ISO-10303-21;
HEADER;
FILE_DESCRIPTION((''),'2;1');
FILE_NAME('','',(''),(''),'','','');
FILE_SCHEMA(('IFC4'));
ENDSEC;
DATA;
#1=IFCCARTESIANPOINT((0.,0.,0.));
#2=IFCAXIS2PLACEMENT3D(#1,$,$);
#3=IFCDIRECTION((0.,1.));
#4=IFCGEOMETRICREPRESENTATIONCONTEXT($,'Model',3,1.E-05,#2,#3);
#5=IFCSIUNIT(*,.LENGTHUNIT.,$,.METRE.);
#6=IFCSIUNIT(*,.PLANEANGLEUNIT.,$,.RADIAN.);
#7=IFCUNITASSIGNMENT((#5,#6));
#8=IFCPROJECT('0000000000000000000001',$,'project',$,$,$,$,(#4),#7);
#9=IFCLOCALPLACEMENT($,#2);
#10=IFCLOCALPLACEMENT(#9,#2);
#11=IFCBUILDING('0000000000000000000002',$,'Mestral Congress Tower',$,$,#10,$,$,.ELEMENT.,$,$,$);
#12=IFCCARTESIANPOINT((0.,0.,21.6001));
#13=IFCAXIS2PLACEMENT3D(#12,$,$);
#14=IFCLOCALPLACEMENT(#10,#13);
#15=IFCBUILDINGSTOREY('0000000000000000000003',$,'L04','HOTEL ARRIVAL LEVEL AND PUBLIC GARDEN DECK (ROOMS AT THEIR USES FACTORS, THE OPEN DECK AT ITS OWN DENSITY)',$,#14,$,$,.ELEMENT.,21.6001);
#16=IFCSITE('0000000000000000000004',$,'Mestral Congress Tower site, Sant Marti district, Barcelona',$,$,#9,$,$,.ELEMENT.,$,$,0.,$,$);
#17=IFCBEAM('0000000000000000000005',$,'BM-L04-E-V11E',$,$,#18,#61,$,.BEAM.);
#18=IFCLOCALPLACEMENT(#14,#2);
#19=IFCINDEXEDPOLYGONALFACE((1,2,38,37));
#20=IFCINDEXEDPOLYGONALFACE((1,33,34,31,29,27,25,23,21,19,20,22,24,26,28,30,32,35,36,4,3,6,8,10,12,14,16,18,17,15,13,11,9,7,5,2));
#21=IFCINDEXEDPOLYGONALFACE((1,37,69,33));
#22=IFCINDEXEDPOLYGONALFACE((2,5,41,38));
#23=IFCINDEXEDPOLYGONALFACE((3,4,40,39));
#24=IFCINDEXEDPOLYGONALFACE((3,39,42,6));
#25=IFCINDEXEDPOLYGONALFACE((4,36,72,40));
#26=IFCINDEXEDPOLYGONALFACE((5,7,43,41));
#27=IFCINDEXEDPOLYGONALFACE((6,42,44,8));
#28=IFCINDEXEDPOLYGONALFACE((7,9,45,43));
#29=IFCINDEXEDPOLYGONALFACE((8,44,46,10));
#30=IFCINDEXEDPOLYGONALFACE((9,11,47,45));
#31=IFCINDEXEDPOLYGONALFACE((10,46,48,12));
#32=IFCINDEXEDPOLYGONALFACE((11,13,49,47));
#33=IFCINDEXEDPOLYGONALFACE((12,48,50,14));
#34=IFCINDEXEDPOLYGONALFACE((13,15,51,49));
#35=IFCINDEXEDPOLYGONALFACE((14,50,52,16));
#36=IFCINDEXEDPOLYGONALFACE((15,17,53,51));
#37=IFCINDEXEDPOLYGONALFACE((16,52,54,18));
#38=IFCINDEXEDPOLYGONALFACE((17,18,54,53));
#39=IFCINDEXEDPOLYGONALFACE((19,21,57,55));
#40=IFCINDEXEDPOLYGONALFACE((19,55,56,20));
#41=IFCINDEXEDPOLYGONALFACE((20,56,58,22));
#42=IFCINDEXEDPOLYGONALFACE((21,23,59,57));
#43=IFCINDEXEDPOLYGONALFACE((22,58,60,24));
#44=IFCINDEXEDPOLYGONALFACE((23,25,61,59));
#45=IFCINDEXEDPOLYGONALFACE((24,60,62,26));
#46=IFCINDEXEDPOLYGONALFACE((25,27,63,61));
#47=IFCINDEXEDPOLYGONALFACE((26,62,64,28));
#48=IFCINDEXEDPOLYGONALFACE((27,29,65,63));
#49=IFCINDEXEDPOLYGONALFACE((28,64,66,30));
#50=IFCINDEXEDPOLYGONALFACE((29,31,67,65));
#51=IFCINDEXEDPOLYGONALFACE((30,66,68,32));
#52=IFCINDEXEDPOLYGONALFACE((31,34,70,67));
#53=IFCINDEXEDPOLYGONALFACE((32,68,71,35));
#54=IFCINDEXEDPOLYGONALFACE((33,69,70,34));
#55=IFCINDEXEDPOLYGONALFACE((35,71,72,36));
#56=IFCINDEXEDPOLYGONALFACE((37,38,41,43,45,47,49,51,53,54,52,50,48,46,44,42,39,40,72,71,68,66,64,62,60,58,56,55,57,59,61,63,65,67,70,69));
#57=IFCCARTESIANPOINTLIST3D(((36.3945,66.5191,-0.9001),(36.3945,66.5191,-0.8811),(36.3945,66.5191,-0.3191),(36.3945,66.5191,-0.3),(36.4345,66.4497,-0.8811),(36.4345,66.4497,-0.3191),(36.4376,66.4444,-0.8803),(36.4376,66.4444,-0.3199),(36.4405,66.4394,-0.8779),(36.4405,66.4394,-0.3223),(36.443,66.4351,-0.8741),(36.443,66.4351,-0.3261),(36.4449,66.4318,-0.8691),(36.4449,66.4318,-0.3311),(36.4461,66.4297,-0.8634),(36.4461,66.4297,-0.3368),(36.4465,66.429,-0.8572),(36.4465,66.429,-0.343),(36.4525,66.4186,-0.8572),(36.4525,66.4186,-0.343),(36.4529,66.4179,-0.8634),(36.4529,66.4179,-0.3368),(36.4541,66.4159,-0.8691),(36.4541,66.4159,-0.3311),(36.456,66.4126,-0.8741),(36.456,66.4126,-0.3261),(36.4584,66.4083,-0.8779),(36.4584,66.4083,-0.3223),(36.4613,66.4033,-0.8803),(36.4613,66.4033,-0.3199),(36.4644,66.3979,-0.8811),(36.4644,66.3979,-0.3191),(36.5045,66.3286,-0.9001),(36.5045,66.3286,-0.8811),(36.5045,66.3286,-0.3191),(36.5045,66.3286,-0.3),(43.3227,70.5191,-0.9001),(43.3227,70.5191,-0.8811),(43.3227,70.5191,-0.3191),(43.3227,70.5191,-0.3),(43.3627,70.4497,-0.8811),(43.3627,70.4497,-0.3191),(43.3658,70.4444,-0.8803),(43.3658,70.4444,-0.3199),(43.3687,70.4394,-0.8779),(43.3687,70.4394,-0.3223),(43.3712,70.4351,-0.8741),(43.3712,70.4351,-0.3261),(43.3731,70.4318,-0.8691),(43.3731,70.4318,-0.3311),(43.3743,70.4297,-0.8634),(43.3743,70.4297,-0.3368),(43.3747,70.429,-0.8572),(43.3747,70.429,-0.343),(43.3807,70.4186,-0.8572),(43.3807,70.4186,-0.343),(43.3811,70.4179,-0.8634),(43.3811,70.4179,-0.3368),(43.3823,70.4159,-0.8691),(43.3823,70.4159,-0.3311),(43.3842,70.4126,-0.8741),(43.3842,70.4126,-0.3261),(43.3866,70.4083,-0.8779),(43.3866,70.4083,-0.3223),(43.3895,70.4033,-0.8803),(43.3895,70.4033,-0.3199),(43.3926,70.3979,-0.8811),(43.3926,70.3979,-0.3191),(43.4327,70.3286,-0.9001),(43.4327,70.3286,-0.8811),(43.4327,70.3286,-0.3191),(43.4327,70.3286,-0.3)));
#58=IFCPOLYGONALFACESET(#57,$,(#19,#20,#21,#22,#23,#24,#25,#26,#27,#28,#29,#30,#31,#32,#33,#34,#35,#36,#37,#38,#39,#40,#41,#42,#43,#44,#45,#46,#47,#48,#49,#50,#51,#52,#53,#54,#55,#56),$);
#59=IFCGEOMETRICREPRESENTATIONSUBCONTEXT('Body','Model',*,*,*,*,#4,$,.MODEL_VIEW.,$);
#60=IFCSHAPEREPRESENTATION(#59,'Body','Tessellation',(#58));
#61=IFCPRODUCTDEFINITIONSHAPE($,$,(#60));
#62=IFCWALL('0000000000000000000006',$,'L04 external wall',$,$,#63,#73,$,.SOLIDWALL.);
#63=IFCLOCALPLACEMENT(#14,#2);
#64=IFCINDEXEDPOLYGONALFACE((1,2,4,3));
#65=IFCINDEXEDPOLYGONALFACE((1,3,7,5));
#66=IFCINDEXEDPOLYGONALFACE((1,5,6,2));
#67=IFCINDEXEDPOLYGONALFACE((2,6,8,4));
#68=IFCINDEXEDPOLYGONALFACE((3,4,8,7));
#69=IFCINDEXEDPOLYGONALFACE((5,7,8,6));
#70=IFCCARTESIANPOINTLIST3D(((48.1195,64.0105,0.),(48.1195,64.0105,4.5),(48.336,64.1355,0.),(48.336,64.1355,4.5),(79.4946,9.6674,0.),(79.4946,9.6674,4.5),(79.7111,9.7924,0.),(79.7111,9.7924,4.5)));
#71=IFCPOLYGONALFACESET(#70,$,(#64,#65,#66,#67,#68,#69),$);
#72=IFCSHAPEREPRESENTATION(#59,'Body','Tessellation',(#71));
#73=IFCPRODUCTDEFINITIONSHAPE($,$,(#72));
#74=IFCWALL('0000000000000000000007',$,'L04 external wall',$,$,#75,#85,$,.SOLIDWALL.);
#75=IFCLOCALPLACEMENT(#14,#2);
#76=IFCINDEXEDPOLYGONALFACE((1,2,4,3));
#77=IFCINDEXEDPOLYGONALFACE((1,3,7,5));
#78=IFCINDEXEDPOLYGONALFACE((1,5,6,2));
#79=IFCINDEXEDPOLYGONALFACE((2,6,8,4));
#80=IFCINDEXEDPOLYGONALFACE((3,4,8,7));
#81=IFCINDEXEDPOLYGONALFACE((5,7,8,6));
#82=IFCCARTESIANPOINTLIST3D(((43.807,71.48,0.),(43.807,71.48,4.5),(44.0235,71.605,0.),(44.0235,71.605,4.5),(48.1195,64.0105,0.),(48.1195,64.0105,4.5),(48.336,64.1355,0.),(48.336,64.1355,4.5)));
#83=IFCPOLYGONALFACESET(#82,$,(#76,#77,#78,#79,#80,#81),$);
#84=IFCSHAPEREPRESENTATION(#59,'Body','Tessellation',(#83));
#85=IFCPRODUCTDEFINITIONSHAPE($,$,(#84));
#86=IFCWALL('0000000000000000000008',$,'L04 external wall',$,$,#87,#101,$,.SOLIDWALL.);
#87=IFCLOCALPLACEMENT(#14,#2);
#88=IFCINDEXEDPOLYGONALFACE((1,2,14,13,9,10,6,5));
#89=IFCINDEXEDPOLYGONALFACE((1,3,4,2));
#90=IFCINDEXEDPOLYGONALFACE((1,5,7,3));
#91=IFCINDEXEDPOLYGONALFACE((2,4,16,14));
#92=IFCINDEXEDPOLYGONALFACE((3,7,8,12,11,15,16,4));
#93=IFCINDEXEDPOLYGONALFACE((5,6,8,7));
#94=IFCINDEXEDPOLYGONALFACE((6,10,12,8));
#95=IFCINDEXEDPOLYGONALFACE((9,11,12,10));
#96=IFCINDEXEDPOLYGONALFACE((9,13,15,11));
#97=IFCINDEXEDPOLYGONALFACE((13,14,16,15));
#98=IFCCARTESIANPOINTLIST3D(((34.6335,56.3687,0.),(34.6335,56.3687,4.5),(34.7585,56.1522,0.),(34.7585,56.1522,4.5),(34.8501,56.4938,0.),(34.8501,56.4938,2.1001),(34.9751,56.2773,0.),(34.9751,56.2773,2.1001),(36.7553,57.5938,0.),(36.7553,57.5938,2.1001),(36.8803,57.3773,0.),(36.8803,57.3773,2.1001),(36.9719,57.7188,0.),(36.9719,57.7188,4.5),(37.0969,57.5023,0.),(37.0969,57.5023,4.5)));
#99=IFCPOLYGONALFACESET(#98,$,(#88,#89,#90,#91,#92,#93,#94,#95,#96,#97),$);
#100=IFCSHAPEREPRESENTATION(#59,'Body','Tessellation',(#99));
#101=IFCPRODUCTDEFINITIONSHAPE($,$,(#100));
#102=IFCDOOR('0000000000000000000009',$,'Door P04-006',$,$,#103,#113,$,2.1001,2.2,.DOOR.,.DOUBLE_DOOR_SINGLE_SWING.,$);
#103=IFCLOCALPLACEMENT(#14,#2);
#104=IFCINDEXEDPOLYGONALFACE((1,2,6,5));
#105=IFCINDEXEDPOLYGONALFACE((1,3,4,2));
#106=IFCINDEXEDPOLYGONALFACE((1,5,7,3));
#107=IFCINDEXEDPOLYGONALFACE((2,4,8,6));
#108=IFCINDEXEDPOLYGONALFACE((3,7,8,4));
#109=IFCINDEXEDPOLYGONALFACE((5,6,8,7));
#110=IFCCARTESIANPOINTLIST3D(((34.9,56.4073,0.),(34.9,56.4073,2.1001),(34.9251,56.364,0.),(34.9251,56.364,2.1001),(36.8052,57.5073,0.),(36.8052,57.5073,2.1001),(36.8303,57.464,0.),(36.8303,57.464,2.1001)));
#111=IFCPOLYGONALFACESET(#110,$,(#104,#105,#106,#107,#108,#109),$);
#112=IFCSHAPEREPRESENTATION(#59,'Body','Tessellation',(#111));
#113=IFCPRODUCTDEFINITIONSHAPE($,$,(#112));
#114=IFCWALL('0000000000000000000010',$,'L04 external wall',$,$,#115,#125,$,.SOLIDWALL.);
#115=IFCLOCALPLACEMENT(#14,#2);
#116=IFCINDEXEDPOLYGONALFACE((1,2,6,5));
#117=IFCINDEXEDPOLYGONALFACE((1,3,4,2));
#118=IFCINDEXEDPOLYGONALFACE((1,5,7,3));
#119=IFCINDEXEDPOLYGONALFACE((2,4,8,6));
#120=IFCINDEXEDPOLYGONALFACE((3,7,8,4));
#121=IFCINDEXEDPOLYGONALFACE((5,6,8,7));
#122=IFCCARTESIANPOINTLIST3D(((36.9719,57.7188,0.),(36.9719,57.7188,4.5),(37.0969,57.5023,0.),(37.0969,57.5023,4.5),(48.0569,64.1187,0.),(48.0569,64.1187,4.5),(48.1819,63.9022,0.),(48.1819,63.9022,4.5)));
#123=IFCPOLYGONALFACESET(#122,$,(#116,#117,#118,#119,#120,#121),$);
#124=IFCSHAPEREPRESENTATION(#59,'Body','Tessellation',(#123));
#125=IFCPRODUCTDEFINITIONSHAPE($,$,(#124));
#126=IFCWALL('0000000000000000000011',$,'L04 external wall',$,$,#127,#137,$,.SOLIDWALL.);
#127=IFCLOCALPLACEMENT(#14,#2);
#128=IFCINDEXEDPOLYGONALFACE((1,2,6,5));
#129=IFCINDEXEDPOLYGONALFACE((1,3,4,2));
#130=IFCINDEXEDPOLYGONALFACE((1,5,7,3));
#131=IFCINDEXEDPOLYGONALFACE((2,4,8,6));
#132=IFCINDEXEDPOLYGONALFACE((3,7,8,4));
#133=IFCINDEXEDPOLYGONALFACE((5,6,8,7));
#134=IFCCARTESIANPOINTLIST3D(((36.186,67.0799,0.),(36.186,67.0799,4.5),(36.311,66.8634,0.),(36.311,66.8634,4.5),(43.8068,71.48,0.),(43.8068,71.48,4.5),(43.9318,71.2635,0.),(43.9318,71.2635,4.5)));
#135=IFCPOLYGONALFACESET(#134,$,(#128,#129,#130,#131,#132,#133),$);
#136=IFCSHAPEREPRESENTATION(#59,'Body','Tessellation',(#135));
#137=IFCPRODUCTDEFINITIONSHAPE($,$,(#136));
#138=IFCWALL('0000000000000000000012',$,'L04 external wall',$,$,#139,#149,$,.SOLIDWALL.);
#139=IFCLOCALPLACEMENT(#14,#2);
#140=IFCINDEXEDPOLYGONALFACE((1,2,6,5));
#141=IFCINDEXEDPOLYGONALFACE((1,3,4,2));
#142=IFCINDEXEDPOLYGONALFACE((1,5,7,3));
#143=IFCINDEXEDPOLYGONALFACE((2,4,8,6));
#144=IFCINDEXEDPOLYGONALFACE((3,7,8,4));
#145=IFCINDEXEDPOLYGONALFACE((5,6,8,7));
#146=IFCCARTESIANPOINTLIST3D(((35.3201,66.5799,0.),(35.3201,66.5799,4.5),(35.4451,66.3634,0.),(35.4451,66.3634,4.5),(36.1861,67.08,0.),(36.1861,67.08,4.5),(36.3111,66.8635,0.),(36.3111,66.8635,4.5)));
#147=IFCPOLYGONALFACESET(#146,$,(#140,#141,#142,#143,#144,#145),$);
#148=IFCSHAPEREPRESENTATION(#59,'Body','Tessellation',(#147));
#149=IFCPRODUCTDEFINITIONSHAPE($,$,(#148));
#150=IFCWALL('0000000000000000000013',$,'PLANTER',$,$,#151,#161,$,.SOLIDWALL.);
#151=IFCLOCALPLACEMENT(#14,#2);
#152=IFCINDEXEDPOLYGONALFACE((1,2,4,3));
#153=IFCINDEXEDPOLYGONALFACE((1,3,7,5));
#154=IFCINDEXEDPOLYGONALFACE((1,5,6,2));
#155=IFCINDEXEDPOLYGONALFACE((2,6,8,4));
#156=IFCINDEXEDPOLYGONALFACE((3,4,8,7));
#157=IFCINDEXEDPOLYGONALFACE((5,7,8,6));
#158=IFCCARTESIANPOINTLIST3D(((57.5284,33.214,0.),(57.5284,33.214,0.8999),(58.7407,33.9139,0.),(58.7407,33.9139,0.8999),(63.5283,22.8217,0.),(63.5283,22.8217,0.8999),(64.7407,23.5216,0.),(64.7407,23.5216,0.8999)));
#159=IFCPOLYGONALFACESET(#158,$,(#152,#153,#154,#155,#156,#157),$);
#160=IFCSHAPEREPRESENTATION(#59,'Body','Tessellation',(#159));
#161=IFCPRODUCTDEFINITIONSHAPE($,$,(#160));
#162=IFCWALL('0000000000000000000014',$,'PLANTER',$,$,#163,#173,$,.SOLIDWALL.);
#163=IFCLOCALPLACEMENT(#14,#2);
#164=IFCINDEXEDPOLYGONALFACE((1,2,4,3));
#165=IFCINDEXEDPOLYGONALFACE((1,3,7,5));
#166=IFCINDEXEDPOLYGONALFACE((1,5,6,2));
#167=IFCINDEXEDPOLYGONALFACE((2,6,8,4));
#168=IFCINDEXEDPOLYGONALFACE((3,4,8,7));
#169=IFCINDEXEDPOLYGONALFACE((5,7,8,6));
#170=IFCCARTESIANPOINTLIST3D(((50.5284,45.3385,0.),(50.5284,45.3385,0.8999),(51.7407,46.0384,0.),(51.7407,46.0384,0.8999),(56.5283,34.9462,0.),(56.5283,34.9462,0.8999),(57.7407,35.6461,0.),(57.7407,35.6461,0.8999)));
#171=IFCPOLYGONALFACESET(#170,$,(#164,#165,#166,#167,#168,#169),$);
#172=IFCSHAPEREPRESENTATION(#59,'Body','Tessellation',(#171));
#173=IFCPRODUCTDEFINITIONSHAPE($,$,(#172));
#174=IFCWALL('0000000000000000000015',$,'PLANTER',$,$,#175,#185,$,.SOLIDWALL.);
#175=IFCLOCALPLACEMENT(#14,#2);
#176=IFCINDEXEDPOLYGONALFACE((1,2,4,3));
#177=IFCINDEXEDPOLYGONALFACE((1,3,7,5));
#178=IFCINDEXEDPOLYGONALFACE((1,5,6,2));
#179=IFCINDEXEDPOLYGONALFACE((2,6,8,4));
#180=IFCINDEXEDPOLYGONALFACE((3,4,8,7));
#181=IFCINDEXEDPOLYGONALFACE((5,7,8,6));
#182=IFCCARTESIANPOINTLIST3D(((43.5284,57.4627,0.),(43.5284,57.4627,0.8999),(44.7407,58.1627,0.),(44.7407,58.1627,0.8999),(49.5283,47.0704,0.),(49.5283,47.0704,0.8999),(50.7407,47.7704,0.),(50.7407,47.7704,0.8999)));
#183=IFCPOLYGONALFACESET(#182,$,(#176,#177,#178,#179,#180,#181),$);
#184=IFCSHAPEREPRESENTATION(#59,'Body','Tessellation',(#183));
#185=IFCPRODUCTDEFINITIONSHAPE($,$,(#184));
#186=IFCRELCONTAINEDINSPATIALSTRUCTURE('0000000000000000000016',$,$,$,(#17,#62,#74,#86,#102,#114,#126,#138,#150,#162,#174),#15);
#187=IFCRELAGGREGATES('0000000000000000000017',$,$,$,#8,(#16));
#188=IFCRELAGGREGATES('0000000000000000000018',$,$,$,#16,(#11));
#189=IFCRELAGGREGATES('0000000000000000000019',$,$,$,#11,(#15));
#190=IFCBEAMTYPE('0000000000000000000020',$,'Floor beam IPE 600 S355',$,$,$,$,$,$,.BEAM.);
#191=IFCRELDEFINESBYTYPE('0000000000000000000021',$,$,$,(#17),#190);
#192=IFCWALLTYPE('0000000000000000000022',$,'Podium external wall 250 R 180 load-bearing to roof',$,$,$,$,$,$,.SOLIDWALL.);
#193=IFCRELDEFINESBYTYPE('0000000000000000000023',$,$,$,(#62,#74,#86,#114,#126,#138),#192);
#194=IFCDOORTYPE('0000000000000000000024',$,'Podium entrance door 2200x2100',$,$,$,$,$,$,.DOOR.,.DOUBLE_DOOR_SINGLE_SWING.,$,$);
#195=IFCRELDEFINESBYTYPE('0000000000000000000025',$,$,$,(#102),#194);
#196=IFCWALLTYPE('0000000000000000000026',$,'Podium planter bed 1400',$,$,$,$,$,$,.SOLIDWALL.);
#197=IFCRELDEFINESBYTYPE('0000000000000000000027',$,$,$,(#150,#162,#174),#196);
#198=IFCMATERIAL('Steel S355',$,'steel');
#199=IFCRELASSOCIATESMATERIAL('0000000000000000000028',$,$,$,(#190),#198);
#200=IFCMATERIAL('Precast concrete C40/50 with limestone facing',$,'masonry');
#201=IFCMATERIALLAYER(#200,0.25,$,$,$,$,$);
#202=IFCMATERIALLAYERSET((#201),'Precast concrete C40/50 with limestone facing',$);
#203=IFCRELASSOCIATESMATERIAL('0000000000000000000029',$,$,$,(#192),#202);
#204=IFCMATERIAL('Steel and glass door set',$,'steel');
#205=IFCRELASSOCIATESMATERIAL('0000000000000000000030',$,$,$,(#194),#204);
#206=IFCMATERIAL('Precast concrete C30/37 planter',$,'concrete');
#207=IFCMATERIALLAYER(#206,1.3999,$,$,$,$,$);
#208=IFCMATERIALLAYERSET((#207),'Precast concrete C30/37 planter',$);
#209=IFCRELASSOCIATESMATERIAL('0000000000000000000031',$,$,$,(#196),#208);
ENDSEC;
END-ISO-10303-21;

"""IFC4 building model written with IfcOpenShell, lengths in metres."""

from ifc_helpers import new_model, si_unit, direction, frame, frame_2d, origin, origin_2d, place, context, subcontext, project, spatial, rectangle, i_section, extrude, material, layer, layer_set, material_profile, profile_set, type_object, element, fill, save


model = new_model("IFC4")

# Units and contexts
model_context = context("Model", 3, precision=1e-05, world=origin(), true_north=direction((0.0, 1.0)))
body_context = subcontext(model_context, "Body", "Model", "MODEL_VIEW")
ifc_project = project(units=[si_unit("LENGTHUNIT", "METRE"), si_unit("PLANEANGLEUNIT", "RADIAN")], contexts=[model_context])

# Site, building, storey
site_placement = place(None, origin())
site = spatial("IfcSite", under=ifc_project, at=site_placement, Name="Mestral Congress Tower site, Sant Marti district, Barcelona", CompositionType="ELEMENT", RefElevation=0.0)
building_placement = place(site_placement, origin())
building = spatial("IfcBuilding", under=site, at=building_placement, Name="Mestral Congress Tower", CompositionType="ELEMENT")
storey_placement = place(building_placement, frame((0.0, 0.0, 21.6001)))
storey = spatial("IfcBuildingStorey", under=building, at=storey_placement, Name="L04", Description="HOTEL ARRIVAL LEVEL AND PUBLIC GARDEN DECK (ROOMS AT THEIR USES FACTORS, THE OPEN DECK AT ITS OWN DENSITY)", CompositionType="ELEMENT", Elevation=21.6001)

# Beam
ifc_material_1 = material(Name="Steel S355", Category="steel")
ifc_material_profile_1 = material_profile(ifc_material_1, i_section(OverallWidth=0.22, OverallDepth=0.6001, WebThickness=0.012, FlangeThickness=0.019, FilletRadius=0.0239, at=origin_2d()), Name="IPE 600")
ifc_profile_set_1 = profile_set([ifc_material_profile_1], Name="Steel S355")
beam_type_1 = type_object("IfcBeamType", Name="Floor beam IPE 600 S355", PredefinedType="BEAM", material=ifc_profile_set_1)
beam_1_placement = place(storey_placement, frame((36.4495, 66.4238, -0.6001), z_axis=(0.866026, 0.499999, 0.0), x_axis=(-0.499999, 0.866026, 0.0)))
element("IfcBeam", 1, at=beam_1_placement, inside=storey, type_object=beam_type_1, Name="BM-L04-E-V11E", PredefinedType="BEAM", context=body_context, shape_type="SweptSolid", body=[
    extrude(i_section(OverallWidth=0.22, OverallDepth=0.6001, WebThickness=0.012, FlangeThickness=0.019, FilletRadius=0.0239, at=origin_2d()), origin(), (0.0, 0.0, 1.0), 8.0),
])

# Walls
ifc_material_2 = material(Name="Precast concrete C40/50 with limestone facing", Category="masonry")
ifc_layer_1 = layer(ifc_material_2, 0.25)
ifc_layer_set_1 = layer_set([ifc_layer_1], Name="Precast concrete C40/50 with limestone facing")
wall_type_1 = type_object("IfcWallType", Name="Podium external wall 250 R 180 load-bearing to roof", PredefinedType="SOLIDWALL", material=ifc_layer_set_1)
wall_1_placement = place(storey_placement, frame((48.2278, 64.073, 0.0), z_axis=(0.0, 0.0, 1.0), x_axis=(0.500001, -0.866025, 0.0)))
element("IfcWall", 2, at=wall_1_placement, inside=storey, type_object=wall_type_1, Name="L04 external wall", PredefinedType="SOLIDWALL", context=body_context, shape_type="SweptSolid", body=[
    extrude(rectangle(XDim=62.75, YDim=0.25, at=frame_2d((31.375, 0.0))), origin(), (0.0, 0.0, 1.0), 4.5),
])
wall_2_placement = place(storey_placement, frame((43.9153, 71.5425, 0.0), z_axis=(0.0, 0.0, 1.0), x_axis=(0.499999, -0.866026, 0.0)))
element("IfcWall", 3, at=wall_2_placement, inside=storey, type_object=wall_type_1, Name="L04 external wall", PredefinedType="SOLIDWALL", context=body_context, shape_type="SweptSolid", body=[
    extrude(rectangle(XDim=8.625, YDim=0.25, at=frame_2d((4.3125, 0.0))), origin(), (0.0, 0.0, 1.0), 4.5),
])

# Wall, opening, door
wall_3_placement = place(storey_placement, frame((37.0344, 57.6106, 0.0), z_axis=(0.0, 0.0, 1.0), x_axis=(-0.86602, -0.500009, 0.0)))
wall_3 = element("IfcWall", 4, at=wall_3_placement, inside=storey, type_object=wall_type_1, Name="L04 external wall", PredefinedType="SOLIDWALL", context=body_context, shape_type="SweptSolid", body=[
    extrude(rectangle(XDim=2.7002, YDim=0.25, at=frame_2d((1.3501, 0.0))), origin(), (0.0, 0.0, 1.0), 4.5),
])
opening_1_placement = place(wall_3_placement, frame((0.25, 0.0, 0.0)))
opening_1 = element("IfcOpeningElement", 5, at=opening_1_placement, cuts=wall_3, PredefinedType="OPENING", context=body_context, shape_type="SweptSolid", body=[
    extrude(rectangle(XDim=2.2, YDim=2.1001, at=frame_2d((1.1001, 1.05))), frame((0.0, 0.135, 0.0), z_axis=(0.0, -1.0, 0.0), x_axis=(1.0, 0.0, 0.0)), (0.0, 0.0, 1.0), 0.27),
])
ifc_material_3 = material(Name="Steel and glass door set", Category="steel")
door_type_1 = type_object("IfcDoorType", Name="Podium entrance door 2200x2100", OperationType="DOUBLE_DOOR_SINGLE_SWING", PredefinedType="DOOR", material=ifc_material_3)
door_1_placement = place(opening_1_placement, origin())
door_1 = element("IfcDoor", 6, at=door_1_placement, inside=storey, type_object=door_type_1, Name="Door P04-006", OperationType="DOUBLE_DOOR_SINGLE_SWING", OverallHeight=2.1001, OverallWidth=2.2, PredefinedType="DOOR", context=body_context, shape_type="SweptSolid", body=[
    extrude(rectangle(XDim=2.2, YDim=2.1001, at=frame_2d((1.1001, 1.05))), frame((0.0, 0.0249, 0.0), z_axis=(0.0, -1.0, 0.0), x_axis=(1.0, 0.0, 0.0)), (0.0, 0.0, 1.0), 0.05),
])
fill(opening_1, door_1)

# Walls
wall_4_placement = place(storey_placement, frame((37.0344, 57.6106, 0.0), z_axis=(0.0, 0.0, 1.0), x_axis=(0.866025, 0.5, 0.0)))
element("IfcWall", 7, at=wall_4_placement, inside=storey, type_object=wall_type_1, Name="L04 external wall", PredefinedType="SOLIDWALL", context=body_context, shape_type="SweptSolid", body=[
    extrude(rectangle(XDim=12.7998, YDim=0.25, at=frame_2d((6.3999, 0.0))), origin(), (0.0, 0.0, 1.0), 4.5),
])
wall_5_placement = place(storey_placement, frame((36.2485, 66.9717, 0.0), z_axis=(0.0, 0.0, 1.0), x_axis=(0.866013, 0.500021, 0.0)))
element("IfcWall", 8, at=wall_5_placement, inside=storey, type_object=wall_type_1, Name="L04 external wall", PredefinedType="SOLIDWALL", context=body_context, shape_type="SweptSolid", body=[
    extrude(rectangle(XDim=8.7998, YDim=0.25, at=frame_2d((4.3999, 0.0))), origin(), (0.0, 0.0, 1.0), 4.5),
])
wall_6_placement = place(storey_placement, frame((35.3826, 66.4717, 0.0), z_axis=(0.0, 0.0, 1.0), x_axis=(0.866011, 0.500025, 0.0)))
element("IfcWall", 9, at=wall_6_placement, inside=storey, type_object=wall_type_1, Name="L04 external wall", PredefinedType="SOLIDWALL", context=body_context, shape_type="SweptSolid", body=[
    extrude(rectangle(XDim=1.0, YDim=0.25, at=frame_2d((0.5, 0.0))), origin(), (0.0, 0.0, 1.0), 4.5),
])
ifc_material_4 = material(Name="Precast concrete C30/37 planter", Category="concrete")
ifc_layer_2 = layer(ifc_material_4, 1.3999)
ifc_layer_set_2 = layer_set([ifc_layer_2], Name="Precast concrete C30/37 planter")
wall_type_2 = type_object("IfcWallType", Name="Podium planter bed 1400", PredefinedType="SOLIDWALL", material=ifc_layer_set_2)
for number, where, z_axis, x_axis, name in (
    (10, (64.1345, 23.1716, 0.0), (0.0, 0.0, 1.0), (-0.499999, 0.866026, 0.0), "PLANTER"),
    (11, (57.1345, 35.2961, 0.0), (0.0, 0.0, 1.0), (-0.499999, 0.866026, 0.0), "PLANTER"),
    (12, (50.1345, 47.4204, 0.0), (0.0, 0.0, 1.0), (-0.499999, 0.866026, 0.0), "PLANTER"),
):
    element("IfcWall", number, at=place(storey_placement, frame(where, z_axis=z_axis, x_axis=x_axis)), inside=storey, type_object=wall_type_2, Name=name, PredefinedType="SOLIDWALL", context=body_context, shape_type="SweptSolid", body=[
        extrude(rectangle(XDim=12.0, YDim=1.3999, at=frame_2d((6.0, 0.0))), origin(), (0.0, 0.0, 1.0), 0.8999),
    ])

save(model, "model.ifc")
